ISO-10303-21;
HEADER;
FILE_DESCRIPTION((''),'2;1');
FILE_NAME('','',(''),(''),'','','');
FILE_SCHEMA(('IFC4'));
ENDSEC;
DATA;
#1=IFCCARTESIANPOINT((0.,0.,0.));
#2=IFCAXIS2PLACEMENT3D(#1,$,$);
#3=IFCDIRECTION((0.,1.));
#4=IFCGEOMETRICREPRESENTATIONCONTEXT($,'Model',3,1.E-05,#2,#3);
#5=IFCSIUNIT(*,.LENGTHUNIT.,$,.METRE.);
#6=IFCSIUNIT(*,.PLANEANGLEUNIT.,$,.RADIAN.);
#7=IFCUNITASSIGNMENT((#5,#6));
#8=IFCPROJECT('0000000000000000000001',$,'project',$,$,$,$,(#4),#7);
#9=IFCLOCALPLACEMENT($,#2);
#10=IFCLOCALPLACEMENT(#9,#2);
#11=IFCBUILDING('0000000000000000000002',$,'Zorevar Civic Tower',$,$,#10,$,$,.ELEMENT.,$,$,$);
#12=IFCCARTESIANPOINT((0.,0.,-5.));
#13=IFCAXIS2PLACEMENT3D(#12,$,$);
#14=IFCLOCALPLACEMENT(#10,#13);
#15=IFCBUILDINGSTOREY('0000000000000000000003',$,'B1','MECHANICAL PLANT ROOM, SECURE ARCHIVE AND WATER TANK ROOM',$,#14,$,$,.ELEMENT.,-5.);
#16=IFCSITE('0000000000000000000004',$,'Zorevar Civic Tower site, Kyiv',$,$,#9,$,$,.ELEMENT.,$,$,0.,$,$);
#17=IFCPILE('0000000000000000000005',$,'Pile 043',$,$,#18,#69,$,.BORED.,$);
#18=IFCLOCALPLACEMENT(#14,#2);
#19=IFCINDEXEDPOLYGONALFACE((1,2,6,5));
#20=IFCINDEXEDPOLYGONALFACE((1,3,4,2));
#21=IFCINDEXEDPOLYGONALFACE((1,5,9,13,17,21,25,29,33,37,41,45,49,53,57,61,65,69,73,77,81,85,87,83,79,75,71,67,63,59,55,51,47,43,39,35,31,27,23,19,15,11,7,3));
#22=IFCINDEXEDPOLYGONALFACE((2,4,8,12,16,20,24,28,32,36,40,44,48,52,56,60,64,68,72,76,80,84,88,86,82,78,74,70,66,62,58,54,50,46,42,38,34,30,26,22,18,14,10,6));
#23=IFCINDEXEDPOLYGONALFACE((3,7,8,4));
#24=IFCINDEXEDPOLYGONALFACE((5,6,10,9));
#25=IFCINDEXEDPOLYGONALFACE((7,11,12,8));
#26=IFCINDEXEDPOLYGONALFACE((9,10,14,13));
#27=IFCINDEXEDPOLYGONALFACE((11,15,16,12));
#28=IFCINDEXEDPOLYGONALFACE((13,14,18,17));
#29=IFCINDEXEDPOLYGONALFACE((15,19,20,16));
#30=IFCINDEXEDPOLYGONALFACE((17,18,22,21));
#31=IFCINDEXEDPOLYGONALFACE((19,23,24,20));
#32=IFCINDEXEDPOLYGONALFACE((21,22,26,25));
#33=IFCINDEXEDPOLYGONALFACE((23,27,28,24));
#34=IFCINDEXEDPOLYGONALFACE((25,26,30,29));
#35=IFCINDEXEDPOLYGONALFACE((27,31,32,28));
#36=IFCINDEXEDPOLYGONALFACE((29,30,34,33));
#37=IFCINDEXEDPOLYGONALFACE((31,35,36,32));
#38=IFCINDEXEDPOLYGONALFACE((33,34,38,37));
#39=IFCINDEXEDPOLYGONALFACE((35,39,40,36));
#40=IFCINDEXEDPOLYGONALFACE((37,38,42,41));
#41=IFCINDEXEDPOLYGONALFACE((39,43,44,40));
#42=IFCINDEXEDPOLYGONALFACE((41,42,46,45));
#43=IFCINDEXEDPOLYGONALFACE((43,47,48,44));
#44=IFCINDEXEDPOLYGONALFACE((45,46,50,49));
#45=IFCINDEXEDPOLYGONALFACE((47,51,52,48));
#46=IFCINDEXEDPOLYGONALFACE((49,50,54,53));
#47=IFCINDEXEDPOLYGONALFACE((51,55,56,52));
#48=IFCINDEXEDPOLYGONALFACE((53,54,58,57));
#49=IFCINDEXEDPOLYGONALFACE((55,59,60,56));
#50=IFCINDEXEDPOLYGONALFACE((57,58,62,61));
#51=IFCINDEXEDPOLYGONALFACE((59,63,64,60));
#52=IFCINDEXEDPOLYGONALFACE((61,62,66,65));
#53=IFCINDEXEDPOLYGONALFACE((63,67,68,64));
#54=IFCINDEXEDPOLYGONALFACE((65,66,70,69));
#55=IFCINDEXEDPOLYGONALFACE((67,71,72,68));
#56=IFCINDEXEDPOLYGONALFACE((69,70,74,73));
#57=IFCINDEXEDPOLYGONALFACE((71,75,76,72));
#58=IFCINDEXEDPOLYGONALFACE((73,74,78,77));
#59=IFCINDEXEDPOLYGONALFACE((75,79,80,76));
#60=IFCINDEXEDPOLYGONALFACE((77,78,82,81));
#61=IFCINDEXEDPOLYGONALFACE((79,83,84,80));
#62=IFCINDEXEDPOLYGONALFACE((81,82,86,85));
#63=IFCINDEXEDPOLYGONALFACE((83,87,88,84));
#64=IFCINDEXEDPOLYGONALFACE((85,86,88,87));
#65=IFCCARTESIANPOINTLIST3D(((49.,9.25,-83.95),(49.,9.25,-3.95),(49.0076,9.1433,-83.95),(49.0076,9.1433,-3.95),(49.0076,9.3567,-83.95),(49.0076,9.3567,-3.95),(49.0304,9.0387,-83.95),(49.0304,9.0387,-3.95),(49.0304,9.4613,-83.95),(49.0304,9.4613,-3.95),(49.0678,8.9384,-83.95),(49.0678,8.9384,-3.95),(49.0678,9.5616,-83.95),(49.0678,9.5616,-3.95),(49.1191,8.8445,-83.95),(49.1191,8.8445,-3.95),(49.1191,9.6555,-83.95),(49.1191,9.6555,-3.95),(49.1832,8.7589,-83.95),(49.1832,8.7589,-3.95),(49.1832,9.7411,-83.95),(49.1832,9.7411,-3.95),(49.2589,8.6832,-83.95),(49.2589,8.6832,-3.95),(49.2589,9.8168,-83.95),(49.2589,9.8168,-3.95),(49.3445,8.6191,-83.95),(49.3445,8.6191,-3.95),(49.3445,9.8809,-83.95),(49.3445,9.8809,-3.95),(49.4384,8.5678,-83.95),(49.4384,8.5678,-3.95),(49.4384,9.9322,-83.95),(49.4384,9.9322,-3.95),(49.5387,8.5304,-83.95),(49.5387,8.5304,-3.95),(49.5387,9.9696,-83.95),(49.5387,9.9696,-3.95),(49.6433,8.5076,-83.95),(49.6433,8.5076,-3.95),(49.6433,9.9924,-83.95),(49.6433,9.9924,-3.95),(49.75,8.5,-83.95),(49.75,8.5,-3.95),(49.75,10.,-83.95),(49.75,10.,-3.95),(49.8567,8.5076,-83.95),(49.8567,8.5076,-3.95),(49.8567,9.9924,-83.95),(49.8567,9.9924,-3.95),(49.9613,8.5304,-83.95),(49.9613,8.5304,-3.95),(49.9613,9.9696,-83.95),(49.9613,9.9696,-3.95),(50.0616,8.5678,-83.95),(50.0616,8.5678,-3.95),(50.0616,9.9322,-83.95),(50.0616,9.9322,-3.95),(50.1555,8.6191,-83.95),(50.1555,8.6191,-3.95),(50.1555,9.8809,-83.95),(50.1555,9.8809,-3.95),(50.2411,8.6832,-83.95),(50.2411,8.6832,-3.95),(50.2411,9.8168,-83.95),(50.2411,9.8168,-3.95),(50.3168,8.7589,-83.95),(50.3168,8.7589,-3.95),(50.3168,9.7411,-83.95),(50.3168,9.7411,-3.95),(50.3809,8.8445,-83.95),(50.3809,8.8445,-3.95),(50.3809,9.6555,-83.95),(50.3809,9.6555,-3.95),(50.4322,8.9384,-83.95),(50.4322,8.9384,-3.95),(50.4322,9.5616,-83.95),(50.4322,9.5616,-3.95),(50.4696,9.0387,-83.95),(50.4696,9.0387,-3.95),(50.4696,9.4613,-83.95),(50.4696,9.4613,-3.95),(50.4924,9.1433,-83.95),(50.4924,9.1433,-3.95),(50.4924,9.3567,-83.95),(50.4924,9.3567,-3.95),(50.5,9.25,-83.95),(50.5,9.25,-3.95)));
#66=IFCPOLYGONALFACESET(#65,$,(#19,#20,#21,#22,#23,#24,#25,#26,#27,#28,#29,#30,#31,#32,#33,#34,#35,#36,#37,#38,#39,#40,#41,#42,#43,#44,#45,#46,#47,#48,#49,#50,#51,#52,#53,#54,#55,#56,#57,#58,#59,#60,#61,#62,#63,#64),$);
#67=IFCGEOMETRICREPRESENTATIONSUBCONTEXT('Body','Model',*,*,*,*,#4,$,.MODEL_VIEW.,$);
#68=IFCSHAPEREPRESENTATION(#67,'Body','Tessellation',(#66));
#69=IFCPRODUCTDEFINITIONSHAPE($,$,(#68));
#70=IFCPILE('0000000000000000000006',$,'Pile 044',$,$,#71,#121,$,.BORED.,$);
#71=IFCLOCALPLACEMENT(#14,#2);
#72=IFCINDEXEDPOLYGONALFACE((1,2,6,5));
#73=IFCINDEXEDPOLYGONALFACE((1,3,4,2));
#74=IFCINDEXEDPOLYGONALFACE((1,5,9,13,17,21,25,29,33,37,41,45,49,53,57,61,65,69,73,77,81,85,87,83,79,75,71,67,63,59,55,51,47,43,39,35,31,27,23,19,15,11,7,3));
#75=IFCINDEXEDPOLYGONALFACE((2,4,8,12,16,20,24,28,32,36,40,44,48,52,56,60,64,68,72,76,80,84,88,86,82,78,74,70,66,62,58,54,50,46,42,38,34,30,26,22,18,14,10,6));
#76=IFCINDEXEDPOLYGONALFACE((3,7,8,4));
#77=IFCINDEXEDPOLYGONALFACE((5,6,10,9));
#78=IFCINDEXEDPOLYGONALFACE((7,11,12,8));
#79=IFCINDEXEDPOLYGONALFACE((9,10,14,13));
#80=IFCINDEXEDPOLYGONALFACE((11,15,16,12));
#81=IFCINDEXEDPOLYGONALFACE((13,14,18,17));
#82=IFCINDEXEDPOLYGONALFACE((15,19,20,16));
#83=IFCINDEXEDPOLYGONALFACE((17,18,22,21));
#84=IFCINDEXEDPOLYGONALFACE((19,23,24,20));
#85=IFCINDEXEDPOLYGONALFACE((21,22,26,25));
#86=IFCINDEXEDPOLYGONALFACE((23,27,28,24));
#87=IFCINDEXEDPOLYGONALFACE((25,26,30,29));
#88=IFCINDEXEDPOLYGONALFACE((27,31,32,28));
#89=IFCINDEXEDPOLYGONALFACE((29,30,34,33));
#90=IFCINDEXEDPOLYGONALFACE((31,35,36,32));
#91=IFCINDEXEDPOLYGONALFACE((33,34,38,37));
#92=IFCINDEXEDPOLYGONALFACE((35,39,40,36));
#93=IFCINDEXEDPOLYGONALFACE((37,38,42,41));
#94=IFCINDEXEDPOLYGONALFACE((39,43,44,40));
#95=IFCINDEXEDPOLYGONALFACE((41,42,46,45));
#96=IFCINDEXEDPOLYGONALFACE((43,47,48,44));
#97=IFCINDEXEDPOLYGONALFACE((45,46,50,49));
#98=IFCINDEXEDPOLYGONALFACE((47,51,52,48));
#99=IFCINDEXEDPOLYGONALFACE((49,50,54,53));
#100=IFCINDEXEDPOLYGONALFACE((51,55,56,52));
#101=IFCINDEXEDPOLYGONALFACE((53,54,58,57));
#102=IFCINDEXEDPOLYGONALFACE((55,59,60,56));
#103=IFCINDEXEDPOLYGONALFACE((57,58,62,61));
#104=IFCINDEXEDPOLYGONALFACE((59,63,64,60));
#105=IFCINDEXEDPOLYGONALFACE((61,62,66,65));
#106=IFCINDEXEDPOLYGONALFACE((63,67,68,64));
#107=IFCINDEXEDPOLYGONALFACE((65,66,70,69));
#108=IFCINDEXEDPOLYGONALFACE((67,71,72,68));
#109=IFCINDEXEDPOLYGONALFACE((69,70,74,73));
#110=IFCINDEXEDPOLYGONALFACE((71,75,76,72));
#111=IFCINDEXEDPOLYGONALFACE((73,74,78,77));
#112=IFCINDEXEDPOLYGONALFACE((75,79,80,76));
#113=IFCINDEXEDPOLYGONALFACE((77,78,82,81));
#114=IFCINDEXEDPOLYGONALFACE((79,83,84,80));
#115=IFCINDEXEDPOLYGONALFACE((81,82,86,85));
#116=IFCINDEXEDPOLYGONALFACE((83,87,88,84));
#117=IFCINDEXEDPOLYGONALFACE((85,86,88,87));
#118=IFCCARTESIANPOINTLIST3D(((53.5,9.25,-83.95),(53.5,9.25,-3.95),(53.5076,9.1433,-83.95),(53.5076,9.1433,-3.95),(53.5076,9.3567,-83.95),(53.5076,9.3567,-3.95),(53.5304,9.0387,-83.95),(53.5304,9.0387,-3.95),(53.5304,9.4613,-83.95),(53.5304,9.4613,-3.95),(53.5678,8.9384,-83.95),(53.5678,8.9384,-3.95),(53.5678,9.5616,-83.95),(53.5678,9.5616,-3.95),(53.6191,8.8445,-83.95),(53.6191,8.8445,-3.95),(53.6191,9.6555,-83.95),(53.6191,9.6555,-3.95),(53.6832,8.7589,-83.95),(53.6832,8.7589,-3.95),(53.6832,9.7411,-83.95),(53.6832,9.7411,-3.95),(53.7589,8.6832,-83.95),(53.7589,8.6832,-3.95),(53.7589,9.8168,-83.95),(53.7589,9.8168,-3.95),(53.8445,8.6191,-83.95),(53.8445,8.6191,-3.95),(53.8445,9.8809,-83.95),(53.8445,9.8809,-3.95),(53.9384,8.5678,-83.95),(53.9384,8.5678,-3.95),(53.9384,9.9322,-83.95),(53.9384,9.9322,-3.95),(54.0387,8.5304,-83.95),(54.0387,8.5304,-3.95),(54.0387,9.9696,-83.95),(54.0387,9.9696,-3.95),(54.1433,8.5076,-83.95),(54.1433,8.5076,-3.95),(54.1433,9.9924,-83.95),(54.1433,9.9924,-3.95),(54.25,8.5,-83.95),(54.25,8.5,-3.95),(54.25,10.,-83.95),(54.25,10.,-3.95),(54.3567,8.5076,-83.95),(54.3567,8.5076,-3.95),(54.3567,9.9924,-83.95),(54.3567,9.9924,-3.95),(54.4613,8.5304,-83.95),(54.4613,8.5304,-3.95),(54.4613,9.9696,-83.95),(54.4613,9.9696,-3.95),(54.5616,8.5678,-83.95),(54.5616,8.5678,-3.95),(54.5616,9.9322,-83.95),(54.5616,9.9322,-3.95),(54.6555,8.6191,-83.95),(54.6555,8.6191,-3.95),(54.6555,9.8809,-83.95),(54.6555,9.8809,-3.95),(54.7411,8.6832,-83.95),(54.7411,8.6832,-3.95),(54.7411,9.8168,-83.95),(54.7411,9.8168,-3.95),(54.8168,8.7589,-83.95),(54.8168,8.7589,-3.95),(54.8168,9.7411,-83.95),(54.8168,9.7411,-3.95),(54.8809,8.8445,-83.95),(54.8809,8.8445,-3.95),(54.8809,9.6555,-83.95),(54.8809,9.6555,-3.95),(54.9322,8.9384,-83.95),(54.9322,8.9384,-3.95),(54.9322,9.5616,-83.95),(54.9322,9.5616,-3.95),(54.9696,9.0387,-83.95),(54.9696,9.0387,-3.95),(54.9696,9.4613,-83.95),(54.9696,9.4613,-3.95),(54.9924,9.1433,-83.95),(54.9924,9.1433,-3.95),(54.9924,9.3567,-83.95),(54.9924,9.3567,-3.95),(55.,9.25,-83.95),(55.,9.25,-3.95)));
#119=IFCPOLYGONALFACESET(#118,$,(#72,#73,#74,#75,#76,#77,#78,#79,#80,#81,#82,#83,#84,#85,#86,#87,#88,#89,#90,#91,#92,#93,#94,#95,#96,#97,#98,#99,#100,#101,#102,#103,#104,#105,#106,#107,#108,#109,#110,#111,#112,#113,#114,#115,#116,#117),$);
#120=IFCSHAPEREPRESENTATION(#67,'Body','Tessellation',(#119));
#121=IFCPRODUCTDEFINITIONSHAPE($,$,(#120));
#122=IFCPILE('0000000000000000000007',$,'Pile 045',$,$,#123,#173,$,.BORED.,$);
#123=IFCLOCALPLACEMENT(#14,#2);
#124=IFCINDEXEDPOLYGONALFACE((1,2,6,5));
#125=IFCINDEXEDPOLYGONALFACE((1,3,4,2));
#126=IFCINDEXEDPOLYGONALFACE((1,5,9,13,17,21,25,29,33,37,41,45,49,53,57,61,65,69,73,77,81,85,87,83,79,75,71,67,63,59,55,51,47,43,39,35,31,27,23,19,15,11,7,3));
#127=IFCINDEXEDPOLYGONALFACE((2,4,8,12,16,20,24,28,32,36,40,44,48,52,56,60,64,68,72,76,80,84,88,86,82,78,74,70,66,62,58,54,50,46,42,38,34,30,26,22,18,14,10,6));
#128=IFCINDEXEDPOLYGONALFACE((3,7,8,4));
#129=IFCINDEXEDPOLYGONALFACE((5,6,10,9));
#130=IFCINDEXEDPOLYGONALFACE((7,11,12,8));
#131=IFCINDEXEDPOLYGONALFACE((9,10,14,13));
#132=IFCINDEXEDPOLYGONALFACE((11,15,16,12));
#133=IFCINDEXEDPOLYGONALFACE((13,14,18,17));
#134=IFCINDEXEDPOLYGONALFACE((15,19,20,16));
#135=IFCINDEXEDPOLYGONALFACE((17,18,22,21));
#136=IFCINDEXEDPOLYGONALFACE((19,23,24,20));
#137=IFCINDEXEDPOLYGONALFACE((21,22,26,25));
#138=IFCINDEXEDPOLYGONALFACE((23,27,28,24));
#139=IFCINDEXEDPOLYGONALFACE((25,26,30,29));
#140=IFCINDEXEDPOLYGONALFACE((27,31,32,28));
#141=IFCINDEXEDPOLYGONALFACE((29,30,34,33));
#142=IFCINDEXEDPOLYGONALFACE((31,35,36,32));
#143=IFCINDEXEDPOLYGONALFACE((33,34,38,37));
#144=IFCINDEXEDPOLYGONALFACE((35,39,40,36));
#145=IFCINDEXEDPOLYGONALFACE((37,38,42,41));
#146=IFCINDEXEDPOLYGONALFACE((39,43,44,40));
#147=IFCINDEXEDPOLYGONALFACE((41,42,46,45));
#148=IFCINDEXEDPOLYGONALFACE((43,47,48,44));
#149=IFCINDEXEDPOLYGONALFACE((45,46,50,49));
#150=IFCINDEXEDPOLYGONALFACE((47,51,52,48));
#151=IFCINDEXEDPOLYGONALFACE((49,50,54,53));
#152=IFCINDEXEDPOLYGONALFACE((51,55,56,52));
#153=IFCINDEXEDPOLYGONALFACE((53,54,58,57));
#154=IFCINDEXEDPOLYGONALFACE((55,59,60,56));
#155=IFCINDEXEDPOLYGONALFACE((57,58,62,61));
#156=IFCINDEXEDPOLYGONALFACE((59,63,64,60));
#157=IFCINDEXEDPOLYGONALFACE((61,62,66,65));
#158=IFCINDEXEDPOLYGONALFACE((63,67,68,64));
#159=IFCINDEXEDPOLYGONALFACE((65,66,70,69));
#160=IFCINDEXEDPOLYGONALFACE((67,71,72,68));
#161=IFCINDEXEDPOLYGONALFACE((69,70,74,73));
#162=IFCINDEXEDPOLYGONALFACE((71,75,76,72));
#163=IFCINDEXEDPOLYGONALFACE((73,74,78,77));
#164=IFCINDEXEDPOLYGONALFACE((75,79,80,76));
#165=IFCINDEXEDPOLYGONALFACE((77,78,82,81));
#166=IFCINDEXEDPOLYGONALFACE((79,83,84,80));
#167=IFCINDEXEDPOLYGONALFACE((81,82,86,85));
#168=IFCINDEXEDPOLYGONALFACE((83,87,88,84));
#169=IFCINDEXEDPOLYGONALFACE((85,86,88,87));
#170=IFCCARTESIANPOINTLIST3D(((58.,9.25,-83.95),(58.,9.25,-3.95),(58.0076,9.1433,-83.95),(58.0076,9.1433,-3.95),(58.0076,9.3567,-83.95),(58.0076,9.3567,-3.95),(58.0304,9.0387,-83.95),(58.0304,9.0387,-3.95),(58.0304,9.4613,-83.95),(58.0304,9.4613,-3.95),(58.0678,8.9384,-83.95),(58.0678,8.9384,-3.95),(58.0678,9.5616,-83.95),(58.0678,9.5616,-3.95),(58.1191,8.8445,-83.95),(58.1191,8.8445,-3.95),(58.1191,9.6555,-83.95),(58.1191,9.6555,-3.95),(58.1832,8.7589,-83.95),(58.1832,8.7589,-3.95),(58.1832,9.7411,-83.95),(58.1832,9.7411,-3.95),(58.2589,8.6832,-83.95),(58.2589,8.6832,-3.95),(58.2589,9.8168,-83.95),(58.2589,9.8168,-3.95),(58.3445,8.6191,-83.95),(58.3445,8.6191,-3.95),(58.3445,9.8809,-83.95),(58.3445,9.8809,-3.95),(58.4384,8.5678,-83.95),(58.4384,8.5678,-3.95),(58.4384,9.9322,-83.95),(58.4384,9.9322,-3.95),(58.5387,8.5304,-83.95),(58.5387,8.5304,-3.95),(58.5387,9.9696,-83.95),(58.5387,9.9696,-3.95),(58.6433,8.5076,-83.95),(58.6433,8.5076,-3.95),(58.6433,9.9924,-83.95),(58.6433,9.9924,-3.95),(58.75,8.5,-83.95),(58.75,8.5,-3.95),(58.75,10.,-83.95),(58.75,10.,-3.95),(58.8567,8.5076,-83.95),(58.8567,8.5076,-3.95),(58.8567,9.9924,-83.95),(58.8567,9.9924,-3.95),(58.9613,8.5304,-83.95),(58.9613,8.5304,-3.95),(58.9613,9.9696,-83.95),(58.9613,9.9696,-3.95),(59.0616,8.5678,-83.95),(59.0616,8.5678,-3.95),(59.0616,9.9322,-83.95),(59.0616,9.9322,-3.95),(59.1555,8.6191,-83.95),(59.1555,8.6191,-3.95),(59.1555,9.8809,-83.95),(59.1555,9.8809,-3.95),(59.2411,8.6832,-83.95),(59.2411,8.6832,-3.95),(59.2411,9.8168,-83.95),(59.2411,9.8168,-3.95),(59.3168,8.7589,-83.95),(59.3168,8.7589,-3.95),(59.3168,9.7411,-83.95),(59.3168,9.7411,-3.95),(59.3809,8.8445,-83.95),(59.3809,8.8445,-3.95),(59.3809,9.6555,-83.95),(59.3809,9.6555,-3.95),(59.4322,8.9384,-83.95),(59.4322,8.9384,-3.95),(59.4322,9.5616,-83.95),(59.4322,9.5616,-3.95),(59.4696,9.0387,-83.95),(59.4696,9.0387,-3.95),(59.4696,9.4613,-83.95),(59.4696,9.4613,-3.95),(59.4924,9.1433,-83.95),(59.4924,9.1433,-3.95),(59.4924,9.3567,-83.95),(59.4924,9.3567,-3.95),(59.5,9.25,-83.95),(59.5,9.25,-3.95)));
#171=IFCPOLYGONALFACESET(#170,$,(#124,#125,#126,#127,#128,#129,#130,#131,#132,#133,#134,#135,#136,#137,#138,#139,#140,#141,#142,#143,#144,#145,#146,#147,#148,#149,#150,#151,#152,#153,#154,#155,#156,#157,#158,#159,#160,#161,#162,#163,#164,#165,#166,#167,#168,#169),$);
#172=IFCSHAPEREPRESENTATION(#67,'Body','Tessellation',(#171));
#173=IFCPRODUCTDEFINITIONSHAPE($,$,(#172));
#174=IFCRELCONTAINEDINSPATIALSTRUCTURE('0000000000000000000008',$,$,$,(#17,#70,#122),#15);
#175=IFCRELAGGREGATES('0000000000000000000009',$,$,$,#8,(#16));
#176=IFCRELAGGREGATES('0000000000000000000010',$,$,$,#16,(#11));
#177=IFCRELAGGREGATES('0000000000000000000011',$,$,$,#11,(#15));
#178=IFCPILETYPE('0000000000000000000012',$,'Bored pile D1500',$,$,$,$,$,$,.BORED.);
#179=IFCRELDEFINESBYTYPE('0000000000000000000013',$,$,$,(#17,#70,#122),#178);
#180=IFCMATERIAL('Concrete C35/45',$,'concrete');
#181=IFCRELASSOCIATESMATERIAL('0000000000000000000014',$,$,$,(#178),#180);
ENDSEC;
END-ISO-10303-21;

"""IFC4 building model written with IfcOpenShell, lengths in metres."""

from ifc_helpers import new_model, si_unit, direction, frame, origin, origin_2d, place, context, subcontext, project, spatial, circle, extrude, material, type_object, element, save


model = new_model("IFC4")

# Units and contexts
model_context = context("Model", 3, precision=1e-05, world=origin(), true_north=direction((0.0, 1.0)))
body_context = subcontext(model_context, "Body", "Model", "MODEL_VIEW")
ifc_project = project(units=[si_unit("LENGTHUNIT", "METRE"), si_unit("PLANEANGLEUNIT", "RADIAN")], contexts=[model_context])

# Site, building, storey
site_placement = place(None, origin())
site = spatial("IfcSite", under=ifc_project, at=site_placement, Name="Zorevar Civic Tower site, Kyiv", CompositionType="ELEMENT", RefElevation=0.0)
building_placement = place(site_placement, origin())
building = spatial("IfcBuilding", under=site, at=building_placement, Name="Zorevar Civic Tower", CompositionType="ELEMENT")
storey_placement = place(building_placement, frame((0.0, 0.0, -5.0)))
storey = spatial("IfcBuildingStorey", under=building, at=storey_placement, Name="B1", Description="MECHANICAL PLANT ROOM, SECURE ARCHIVE AND WATER TANK ROOM", CompositionType="ELEMENT", Elevation=-5.0)

# Piles
ifc_material_1 = material(Name="Concrete C35/45", Category="concrete")
pile_type_1 = type_object("IfcPileType", Name="Bored pile D1500", PredefinedType="BORED", material=ifc_material_1)
for number, where, z_axis, x_axis, name in (
    (1, (49.75, 9.25, -3.95), (0.0, 0.0, -1.0), (1.0, 0.0, 0.0), "Pile 043"),
    (2, (54.25, 9.25, -3.95), (0.0, 0.0, -1.0), (1.0, 0.0, 0.0), "Pile 044"),
    (3, (58.75, 9.25, -3.95), (0.0, 0.0, -1.0), (1.0, 0.0, 0.0), "Pile 045"),
):
    element("IfcPile", number, at=place(storey_placement, frame(where, z_axis=z_axis, x_axis=x_axis)), inside=storey, type_object=pile_type_1, Name=name, PredefinedType="BORED", context=body_context, shape_type="SweptSolid", body=[
        extrude(circle(Radius=0.75, at=origin_2d()), origin(), (0.0, 0.0, 1.0), 80.0),
    ])

save(model, "model.ifc")
